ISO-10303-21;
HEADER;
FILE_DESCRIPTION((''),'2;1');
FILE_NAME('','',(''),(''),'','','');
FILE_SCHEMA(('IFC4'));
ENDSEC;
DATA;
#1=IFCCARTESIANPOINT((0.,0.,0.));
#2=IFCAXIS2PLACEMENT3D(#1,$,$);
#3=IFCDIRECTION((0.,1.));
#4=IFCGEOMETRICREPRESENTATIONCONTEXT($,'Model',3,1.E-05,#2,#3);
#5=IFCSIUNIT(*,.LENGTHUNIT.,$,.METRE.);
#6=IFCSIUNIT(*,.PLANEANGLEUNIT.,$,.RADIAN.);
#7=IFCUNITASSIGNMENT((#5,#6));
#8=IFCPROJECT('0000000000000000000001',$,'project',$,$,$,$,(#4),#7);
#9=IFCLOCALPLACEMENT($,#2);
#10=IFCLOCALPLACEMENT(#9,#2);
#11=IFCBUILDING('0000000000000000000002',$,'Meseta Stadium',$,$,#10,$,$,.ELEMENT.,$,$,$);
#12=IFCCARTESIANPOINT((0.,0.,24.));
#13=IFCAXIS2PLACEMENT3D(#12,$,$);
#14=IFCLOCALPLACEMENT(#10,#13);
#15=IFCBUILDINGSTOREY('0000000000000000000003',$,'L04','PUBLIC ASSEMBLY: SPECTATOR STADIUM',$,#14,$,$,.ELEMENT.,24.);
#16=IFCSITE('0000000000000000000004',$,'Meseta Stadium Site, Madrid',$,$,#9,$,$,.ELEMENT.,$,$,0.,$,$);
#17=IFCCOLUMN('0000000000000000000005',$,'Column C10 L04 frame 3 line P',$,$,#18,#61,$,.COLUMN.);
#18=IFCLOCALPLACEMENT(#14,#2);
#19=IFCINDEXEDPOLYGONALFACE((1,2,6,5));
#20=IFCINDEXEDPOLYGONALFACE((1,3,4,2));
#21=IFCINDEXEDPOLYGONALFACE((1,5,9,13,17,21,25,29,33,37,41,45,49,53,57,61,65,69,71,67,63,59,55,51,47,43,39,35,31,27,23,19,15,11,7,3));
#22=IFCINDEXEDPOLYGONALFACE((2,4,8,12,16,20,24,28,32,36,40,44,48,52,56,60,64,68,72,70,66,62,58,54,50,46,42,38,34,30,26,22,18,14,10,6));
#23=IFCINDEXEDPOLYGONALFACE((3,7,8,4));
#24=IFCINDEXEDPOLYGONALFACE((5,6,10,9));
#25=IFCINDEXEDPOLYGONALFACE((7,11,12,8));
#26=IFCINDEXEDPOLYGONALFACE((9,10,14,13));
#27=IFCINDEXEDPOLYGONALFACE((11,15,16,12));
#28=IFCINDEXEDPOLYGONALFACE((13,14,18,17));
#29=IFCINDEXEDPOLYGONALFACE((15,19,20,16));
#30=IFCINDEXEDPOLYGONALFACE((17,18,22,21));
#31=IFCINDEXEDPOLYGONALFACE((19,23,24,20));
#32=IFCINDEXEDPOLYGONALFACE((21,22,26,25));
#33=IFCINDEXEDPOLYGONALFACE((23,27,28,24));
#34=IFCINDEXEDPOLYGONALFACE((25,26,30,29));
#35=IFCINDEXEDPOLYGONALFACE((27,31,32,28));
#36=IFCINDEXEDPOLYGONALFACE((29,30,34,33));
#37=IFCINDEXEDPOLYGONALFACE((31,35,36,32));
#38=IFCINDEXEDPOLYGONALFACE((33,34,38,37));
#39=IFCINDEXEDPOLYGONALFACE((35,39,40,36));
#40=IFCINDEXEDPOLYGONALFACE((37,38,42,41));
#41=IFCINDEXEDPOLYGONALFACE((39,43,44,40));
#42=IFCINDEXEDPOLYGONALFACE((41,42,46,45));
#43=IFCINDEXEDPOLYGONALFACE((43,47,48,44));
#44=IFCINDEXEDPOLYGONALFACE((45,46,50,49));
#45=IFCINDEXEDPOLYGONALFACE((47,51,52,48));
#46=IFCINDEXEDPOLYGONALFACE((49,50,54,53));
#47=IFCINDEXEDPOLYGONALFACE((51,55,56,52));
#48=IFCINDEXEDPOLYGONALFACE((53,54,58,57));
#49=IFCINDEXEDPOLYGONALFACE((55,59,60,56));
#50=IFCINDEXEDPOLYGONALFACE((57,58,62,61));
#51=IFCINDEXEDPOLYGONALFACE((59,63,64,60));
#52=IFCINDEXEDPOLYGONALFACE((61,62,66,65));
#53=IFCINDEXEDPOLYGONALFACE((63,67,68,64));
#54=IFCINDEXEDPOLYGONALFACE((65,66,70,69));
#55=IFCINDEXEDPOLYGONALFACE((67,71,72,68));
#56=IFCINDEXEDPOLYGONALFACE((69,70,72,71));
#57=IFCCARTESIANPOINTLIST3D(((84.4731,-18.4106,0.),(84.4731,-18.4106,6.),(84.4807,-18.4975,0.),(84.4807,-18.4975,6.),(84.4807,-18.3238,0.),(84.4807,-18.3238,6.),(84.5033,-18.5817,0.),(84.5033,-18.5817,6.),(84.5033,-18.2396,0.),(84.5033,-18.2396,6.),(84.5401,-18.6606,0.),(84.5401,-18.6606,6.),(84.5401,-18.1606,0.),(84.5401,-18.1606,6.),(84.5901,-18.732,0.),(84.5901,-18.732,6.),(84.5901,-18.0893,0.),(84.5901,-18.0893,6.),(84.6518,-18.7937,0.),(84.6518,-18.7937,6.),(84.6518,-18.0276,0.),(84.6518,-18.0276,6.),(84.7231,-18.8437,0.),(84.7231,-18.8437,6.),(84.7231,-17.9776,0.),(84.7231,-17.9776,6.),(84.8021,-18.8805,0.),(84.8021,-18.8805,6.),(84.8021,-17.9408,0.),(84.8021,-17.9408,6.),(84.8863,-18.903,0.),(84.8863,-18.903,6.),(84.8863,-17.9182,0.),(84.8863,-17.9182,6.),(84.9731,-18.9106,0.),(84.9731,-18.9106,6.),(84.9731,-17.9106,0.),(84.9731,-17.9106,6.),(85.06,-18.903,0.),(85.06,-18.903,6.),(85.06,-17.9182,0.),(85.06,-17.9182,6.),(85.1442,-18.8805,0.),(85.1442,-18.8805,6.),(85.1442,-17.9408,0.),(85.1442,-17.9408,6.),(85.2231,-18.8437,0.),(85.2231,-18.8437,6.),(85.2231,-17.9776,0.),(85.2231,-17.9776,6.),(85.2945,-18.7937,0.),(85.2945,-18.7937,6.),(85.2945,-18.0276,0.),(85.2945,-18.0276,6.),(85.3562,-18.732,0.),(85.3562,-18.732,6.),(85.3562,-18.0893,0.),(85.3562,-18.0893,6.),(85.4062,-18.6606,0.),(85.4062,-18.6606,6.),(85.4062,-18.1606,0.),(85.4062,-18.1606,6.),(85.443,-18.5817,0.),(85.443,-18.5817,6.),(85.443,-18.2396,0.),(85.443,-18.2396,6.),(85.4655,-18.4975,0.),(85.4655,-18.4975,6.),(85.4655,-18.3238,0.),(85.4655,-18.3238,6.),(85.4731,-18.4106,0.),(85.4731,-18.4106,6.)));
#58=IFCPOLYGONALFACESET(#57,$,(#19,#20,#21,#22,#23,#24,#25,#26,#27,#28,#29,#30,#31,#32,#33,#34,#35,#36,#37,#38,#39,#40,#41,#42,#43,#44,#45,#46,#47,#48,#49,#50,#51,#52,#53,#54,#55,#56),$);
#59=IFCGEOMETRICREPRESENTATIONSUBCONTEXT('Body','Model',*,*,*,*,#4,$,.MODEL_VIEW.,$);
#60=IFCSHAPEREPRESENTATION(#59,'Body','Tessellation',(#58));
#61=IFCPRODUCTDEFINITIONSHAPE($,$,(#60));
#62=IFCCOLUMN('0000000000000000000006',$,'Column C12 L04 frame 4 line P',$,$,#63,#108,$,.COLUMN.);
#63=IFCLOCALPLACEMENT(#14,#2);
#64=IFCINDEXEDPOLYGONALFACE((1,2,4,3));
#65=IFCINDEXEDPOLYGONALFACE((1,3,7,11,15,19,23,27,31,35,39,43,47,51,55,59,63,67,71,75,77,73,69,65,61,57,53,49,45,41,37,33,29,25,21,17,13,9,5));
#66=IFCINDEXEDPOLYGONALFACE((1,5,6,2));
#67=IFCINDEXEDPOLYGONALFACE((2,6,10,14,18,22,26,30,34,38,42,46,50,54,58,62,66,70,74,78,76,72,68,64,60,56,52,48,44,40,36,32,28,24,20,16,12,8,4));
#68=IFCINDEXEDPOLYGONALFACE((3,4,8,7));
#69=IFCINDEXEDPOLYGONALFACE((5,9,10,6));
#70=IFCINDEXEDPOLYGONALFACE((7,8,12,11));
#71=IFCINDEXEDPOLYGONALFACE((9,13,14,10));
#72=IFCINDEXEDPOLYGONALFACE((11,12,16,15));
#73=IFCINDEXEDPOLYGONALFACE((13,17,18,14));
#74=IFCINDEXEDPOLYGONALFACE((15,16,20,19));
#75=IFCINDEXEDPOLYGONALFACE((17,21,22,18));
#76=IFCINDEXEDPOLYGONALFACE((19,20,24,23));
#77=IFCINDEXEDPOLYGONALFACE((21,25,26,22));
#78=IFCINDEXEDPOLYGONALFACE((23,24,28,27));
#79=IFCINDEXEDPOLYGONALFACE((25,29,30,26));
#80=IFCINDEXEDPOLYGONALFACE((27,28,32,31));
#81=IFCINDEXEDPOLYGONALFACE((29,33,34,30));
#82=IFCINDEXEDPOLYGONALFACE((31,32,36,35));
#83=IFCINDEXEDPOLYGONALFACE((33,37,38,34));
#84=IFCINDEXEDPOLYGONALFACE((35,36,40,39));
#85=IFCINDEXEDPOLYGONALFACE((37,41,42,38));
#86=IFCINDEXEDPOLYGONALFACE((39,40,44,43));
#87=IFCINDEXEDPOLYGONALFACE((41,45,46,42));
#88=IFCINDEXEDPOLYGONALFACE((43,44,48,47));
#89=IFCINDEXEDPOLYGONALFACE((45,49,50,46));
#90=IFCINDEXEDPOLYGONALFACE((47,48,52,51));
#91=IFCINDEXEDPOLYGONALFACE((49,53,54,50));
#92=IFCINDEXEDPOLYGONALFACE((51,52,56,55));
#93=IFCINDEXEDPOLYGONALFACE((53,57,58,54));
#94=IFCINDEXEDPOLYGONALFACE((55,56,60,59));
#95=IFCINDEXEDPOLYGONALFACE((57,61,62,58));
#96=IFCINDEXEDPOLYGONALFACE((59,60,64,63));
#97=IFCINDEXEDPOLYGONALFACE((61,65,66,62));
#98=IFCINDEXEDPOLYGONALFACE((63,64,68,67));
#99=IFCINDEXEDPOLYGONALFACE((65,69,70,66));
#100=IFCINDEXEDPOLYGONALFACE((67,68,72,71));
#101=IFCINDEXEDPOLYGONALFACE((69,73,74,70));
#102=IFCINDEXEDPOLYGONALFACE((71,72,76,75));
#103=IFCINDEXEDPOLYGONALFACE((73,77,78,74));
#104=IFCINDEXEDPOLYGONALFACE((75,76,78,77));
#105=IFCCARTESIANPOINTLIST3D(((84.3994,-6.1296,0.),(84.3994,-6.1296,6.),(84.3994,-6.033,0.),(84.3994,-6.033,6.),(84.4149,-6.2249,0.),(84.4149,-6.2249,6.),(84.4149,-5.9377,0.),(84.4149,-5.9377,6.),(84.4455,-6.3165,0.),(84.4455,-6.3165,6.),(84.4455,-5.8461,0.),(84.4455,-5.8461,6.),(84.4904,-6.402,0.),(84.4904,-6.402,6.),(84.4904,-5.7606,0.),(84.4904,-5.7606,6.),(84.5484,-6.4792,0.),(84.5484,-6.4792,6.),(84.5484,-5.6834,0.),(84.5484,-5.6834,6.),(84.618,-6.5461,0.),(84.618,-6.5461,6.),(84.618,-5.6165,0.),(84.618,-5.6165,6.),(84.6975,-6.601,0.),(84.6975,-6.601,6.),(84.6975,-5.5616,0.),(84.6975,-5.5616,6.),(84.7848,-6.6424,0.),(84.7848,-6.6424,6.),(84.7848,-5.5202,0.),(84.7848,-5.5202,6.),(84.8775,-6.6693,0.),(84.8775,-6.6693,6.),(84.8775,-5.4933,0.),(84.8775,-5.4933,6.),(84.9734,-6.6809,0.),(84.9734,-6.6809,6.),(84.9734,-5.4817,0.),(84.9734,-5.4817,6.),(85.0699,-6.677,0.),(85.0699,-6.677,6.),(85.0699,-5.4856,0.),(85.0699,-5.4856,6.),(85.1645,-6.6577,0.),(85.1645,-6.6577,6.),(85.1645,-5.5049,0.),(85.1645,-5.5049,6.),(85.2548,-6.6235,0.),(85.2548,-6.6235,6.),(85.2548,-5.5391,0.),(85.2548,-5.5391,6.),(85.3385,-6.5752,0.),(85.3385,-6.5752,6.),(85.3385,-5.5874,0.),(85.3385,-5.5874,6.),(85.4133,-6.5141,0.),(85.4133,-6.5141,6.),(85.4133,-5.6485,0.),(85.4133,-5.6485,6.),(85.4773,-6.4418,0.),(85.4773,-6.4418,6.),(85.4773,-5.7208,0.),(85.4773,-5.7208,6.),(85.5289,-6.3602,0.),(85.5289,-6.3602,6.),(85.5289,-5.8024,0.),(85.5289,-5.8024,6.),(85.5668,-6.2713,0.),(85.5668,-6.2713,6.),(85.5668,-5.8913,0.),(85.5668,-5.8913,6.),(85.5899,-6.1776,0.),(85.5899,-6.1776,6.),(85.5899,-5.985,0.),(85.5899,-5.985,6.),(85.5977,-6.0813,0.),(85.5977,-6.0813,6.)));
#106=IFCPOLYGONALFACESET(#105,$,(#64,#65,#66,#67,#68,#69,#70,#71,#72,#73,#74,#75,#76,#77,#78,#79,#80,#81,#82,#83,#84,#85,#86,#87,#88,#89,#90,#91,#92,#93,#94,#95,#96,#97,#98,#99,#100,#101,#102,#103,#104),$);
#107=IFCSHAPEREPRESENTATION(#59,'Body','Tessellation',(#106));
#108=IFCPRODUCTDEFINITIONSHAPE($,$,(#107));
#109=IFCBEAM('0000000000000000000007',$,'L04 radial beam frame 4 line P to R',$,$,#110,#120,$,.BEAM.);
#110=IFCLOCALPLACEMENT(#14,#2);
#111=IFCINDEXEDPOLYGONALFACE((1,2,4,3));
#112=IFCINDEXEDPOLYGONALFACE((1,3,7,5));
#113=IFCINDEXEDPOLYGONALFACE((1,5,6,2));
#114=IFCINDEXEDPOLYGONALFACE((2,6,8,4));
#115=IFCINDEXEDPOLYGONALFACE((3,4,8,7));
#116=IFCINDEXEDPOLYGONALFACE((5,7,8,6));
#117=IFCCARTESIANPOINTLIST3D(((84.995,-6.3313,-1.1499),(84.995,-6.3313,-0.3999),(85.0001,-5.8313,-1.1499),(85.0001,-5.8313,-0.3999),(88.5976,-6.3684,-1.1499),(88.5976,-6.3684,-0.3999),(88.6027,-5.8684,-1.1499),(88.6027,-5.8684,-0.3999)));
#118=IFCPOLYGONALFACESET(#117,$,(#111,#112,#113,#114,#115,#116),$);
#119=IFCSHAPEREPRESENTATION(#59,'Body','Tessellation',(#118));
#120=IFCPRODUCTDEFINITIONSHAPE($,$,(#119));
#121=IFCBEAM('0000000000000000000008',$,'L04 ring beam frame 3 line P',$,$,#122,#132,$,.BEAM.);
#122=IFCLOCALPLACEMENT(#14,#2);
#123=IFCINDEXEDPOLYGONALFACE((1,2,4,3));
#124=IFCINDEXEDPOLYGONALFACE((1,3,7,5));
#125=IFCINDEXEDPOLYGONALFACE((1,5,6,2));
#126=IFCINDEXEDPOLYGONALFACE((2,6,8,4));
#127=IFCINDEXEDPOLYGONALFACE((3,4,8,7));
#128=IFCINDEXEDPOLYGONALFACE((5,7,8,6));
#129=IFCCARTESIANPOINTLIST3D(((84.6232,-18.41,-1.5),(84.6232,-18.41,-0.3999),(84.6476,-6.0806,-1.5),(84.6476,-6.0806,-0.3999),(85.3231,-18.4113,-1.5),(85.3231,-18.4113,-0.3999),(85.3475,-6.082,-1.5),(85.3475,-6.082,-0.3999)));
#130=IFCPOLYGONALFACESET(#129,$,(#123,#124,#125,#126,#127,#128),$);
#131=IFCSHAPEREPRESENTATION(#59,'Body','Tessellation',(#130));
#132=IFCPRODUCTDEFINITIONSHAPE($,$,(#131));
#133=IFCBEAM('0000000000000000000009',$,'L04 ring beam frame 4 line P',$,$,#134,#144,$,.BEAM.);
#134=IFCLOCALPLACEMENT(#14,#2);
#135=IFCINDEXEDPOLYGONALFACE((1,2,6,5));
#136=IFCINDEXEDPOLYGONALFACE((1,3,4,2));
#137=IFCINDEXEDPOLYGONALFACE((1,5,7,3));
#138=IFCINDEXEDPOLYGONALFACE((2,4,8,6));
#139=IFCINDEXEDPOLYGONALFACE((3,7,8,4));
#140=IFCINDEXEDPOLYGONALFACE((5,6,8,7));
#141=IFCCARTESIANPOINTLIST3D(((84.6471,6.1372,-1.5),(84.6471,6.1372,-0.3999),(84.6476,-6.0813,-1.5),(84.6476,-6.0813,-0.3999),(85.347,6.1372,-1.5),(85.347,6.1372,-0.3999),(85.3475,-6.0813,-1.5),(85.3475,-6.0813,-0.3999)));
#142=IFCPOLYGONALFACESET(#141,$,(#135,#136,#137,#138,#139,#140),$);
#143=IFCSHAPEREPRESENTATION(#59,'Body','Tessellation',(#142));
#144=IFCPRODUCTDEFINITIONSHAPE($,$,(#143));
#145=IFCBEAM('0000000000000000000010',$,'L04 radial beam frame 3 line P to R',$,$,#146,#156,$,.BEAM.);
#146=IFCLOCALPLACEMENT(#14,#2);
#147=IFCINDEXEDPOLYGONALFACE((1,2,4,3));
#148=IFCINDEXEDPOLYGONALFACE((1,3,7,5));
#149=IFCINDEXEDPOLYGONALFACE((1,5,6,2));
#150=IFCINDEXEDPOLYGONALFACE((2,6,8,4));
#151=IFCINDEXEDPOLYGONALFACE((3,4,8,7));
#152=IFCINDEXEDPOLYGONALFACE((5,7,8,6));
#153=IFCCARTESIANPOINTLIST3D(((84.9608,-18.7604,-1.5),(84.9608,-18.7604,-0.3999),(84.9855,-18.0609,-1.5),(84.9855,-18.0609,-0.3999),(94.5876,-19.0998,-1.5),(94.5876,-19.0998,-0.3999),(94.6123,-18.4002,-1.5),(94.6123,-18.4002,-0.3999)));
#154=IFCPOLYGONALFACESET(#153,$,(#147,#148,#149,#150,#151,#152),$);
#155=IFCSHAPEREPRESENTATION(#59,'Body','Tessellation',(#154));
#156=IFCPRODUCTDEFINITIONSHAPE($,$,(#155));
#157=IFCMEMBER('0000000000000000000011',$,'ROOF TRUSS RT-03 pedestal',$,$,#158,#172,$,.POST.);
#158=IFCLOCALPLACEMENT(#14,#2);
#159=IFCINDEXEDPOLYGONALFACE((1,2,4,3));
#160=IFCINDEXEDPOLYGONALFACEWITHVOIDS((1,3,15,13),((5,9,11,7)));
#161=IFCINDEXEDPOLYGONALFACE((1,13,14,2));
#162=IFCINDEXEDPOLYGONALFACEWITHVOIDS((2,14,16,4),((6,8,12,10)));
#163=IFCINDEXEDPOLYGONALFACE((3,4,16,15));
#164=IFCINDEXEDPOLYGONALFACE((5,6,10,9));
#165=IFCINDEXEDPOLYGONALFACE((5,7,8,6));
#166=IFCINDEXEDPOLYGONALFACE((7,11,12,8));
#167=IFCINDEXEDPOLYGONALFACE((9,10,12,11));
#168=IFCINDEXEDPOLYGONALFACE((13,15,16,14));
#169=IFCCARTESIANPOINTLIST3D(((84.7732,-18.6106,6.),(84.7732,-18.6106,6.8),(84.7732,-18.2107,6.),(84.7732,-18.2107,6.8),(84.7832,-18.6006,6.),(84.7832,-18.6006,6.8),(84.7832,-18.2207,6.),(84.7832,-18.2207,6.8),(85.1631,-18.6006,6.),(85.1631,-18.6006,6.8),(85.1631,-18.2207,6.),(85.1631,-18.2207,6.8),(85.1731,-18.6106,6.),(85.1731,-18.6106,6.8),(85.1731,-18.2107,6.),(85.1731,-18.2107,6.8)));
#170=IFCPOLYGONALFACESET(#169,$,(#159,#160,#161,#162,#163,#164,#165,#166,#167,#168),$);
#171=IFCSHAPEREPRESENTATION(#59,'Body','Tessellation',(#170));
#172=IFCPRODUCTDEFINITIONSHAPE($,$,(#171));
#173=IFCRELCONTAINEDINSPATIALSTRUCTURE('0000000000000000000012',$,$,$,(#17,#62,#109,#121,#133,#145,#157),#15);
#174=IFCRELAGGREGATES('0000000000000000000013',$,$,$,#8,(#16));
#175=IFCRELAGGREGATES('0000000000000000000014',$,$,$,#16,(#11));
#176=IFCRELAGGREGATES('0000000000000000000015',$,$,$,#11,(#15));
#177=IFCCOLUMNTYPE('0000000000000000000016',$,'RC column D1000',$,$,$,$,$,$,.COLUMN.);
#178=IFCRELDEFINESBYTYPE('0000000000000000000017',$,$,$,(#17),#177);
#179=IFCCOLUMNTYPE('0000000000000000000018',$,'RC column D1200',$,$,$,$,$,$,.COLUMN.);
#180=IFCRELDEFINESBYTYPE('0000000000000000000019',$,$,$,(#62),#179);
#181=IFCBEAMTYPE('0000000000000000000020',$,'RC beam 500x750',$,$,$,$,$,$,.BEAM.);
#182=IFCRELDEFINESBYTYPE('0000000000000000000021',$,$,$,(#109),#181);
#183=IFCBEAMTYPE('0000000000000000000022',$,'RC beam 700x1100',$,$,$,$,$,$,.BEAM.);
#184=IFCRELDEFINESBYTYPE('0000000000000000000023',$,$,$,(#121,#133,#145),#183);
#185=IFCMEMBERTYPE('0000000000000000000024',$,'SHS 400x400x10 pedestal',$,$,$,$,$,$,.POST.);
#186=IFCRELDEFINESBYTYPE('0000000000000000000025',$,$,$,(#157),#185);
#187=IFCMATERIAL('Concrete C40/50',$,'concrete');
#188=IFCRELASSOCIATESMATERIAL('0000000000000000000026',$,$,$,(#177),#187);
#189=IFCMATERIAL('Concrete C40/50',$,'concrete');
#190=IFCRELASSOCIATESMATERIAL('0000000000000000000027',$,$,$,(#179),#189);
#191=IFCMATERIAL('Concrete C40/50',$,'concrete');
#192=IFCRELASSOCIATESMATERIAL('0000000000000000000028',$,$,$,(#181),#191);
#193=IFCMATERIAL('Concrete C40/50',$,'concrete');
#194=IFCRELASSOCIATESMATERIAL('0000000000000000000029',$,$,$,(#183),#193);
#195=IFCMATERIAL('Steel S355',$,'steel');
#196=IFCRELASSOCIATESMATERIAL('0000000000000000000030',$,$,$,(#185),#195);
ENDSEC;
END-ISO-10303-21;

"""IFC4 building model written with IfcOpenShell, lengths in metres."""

from ifc_helpers import new_model, si_unit, direction, frame, origin, origin_2d, place, context, subcontext, project, spatial, rectangle, hollow_rectangle, circle, extrude, material, material_profile, profile_set, type_object, element, save


model = new_model("IFC4")

# Units and contexts
model_context = context("Model", 3, precision=1e-05, world=origin(), true_north=direction((0.0, 1.0)))
body_context = subcontext(model_context, "Body", "Model", "MODEL_VIEW")
ifc_project = project(units=[si_unit("LENGTHUNIT", "METRE"), si_unit("PLANEANGLEUNIT", "RADIAN")], contexts=[model_context])

# Site, building, storey
site_placement = place(None, origin())
site = spatial("IfcSite", under=ifc_project, at=site_placement, Name="Meseta Stadium Site, Madrid", CompositionType="ELEMENT", RefElevation=0.0)
building_placement = place(site_placement, origin())
building = spatial("IfcBuilding", under=site, at=building_placement, Name="Meseta Stadium", CompositionType="ELEMENT")
storey_placement = place(building_placement, frame((0.0, 0.0, 24.0)))
storey = spatial("IfcBuildingStorey", under=building, at=storey_placement, Name="L04", Description="PUBLIC ASSEMBLY: SPECTATOR STADIUM", CompositionType="ELEMENT", Elevation=24.0)

# Columns
ifc_material_1 = material(Name="Concrete C40/50", Category="concrete")
ifc_material_profile_1 = material_profile(ifc_material_1, circle(Radius=0.5, at=origin_2d()), Name="RC D1000")
ifc_profile_set_1 = profile_set([ifc_material_profile_1], Name="Concrete C40/50")
column_type_1 = type_object("IfcColumnType", Name="RC column D1000", PredefinedType="COLUMN", material=ifc_profile_set_1)
column_1_placement = place(storey_placement, frame((84.9731, -18.4106, 0.0), z_axis=(0.0, 0.0, 1.0), x_axis=(1.0, 0.0, 0.0)))
element("IfcColumn", 1, at=column_1_placement, inside=storey, type_object=column_type_1, Name="Column C10 L04 frame 3 line P", PredefinedType="COLUMN", context=body_context, shape_type="SweptSolid", body=[
    extrude(circle(Radius=0.5, at=origin_2d()), origin(), (0.0, 0.0, 1.0), 6.0),
])
ifc_material_2 = material(Name="Concrete C40/50", Category="concrete")
ifc_material_profile_2 = material_profile(ifc_material_2, circle(Radius=0.6001, at=origin_2d()), Name="RC D1200")
ifc_profile_set_2 = profile_set([ifc_material_profile_2], Name="Concrete C40/50")
column_type_2 = type_object("IfcColumnType", Name="RC column D1200", PredefinedType="COLUMN", material=ifc_profile_set_2)
column_2_placement = place(storey_placement, frame((84.9976, -6.0813, 0.0), z_axis=(0.0, 0.0, 1.0), x_axis=(1.0, 0.0, 0.0)))
element("IfcColumn", 2, at=column_2_placement, inside=storey, type_object=column_type_2, Name="Column C12 L04 frame 4 line P", PredefinedType="COLUMN", context=body_context, shape_type="SweptSolid", body=[
    extrude(circle(Radius=0.6001, at=origin_2d()), origin(), (0.0, 0.0, 1.0), 6.0),
])

# Beams
ifc_material_3 = material(Name="Concrete C40/50", Category="concrete")
ifc_material_profile_3 = material_profile(ifc_material_3, rectangle(XDim=0.5, YDim=0.75, at=origin_2d()), Name="RC 500x750")
ifc_profile_set_3 = profile_set([ifc_material_profile_3], Name="Concrete C40/50")
beam_type_1 = type_object("IfcBeamType", Name="RC beam 500x750", PredefinedType="BEAM", material=ifc_profile_set_3)
beam_1_placement = place(storey_placement, frame((84.9976, -6.0813, -0.7749), z_axis=(0.999947, -0.0103, 0.0), x_axis=(0.0103, 0.999947, 0.0)))
element("IfcBeam", 3, at=beam_1_placement, inside=storey, type_object=beam_type_1, Name="L04 radial beam frame 4 line P to R", PredefinedType="BEAM", context=body_context, shape_type="SweptSolid", body=[
    extrude(rectangle(XDim=0.5, YDim=0.75, at=origin_2d()), origin(), (0.0, 0.0, 1.0), 3.6028),
])
ifc_material_4 = material(Name="Concrete C40/50", Category="concrete")
ifc_material_profile_4 = material_profile(ifc_material_4, rectangle(XDim=0.7, YDim=1.1001, at=origin_2d()), Name="RC 700x1100")
ifc_profile_set_4 = profile_set([ifc_material_profile_4], Name="Concrete C40/50")
beam_type_2 = type_object("IfcBeamType", Name="RC beam 700x1100", PredefinedType="BEAM", material=ifc_profile_set_4)
beam_2_placement = place(storey_placement, frame((84.9731, -18.4106, -0.95), z_axis=(0.00198, 0.999998, 0.0), x_axis=(-0.999998, 0.00198, 0.0)))
element("IfcBeam", 4, at=beam_2_placement, inside=storey, type_object=beam_type_2, Name="L04 ring beam frame 3 line P", PredefinedType="BEAM", context=body_context, shape_type="SweptSolid", body=[
    extrude(rectangle(XDim=0.7, YDim=1.1001, at=origin_2d()), origin(), (0.0, 0.0, 1.0), 12.3293),
])
beam_3_placement = place(storey_placement, frame((84.9976, -6.0813, -0.95), z_axis=(-0.00004, 1.0, 0.0), x_axis=(-1.0, -0.00004, 0.0)))
element("IfcBeam", 5, at=beam_3_placement, inside=storey, type_object=beam_type_2, Name="L04 ring beam frame 4 line P", PredefinedType="BEAM", context=body_context, shape_type="SweptSolid", body=[
    extrude(rectangle(XDim=0.7, YDim=1.1001, at=origin_2d()), origin(), (0.0, 0.0, 1.0), 12.2185),
])
beam_4_placement = place(storey_placement, frame((84.9731, -18.4106, -0.95), z_axis=(0.999379, -0.035229, 0.0), x_axis=(0.035229, 0.999379, 0.0)))
element("IfcBeam", 6, at=beam_4_placement, inside=storey, type_object=beam_type_2, Name="L04 radial beam frame 3 line P to R", PredefinedType="BEAM", context=body_context, shape_type="SweptSolid", body=[
    extrude(rectangle(XDim=0.7, YDim=1.1001, at=origin_2d()), origin(), (0.0, 0.0, 1.0), 9.6328),
])

# Member
ifc_material_5 = material(Name="Steel S355", Category="steel")
ifc_material_profile_5 = material_profile(ifc_material_5, hollow_rectangle(XDim=0.3999, YDim=0.3999, WallThickness=0.01, at=origin_2d()), Name="SHS 400x400x10")
ifc_profile_set_5 = profile_set([ifc_material_profile_5], Name="Steel S355")
member_type_1 = type_object("IfcMemberType", Name="SHS 400x400x10 pedestal", PredefinedType="POST", material=ifc_profile_set_5)
member_1_placement = place(storey_placement, frame((84.9731, -18.4106, 6.0), z_axis=(0.0, 0.0, 1.0), x_axis=(1.0, 0.0, 0.0)))
element("IfcMember", 7, at=member_1_placement, inside=storey, type_object=member_type_1, Name="ROOF TRUSS RT-03 pedestal", PredefinedType="POST", context=body_context, shape_type="SweptSolid", body=[
    extrude(hollow_rectangle(XDim=0.3999, YDim=0.3999, WallThickness=0.01, at=origin_2d()), origin(), (0.0, 0.0, 1.0), 0.8),
])

save(model, "model.ifc")
